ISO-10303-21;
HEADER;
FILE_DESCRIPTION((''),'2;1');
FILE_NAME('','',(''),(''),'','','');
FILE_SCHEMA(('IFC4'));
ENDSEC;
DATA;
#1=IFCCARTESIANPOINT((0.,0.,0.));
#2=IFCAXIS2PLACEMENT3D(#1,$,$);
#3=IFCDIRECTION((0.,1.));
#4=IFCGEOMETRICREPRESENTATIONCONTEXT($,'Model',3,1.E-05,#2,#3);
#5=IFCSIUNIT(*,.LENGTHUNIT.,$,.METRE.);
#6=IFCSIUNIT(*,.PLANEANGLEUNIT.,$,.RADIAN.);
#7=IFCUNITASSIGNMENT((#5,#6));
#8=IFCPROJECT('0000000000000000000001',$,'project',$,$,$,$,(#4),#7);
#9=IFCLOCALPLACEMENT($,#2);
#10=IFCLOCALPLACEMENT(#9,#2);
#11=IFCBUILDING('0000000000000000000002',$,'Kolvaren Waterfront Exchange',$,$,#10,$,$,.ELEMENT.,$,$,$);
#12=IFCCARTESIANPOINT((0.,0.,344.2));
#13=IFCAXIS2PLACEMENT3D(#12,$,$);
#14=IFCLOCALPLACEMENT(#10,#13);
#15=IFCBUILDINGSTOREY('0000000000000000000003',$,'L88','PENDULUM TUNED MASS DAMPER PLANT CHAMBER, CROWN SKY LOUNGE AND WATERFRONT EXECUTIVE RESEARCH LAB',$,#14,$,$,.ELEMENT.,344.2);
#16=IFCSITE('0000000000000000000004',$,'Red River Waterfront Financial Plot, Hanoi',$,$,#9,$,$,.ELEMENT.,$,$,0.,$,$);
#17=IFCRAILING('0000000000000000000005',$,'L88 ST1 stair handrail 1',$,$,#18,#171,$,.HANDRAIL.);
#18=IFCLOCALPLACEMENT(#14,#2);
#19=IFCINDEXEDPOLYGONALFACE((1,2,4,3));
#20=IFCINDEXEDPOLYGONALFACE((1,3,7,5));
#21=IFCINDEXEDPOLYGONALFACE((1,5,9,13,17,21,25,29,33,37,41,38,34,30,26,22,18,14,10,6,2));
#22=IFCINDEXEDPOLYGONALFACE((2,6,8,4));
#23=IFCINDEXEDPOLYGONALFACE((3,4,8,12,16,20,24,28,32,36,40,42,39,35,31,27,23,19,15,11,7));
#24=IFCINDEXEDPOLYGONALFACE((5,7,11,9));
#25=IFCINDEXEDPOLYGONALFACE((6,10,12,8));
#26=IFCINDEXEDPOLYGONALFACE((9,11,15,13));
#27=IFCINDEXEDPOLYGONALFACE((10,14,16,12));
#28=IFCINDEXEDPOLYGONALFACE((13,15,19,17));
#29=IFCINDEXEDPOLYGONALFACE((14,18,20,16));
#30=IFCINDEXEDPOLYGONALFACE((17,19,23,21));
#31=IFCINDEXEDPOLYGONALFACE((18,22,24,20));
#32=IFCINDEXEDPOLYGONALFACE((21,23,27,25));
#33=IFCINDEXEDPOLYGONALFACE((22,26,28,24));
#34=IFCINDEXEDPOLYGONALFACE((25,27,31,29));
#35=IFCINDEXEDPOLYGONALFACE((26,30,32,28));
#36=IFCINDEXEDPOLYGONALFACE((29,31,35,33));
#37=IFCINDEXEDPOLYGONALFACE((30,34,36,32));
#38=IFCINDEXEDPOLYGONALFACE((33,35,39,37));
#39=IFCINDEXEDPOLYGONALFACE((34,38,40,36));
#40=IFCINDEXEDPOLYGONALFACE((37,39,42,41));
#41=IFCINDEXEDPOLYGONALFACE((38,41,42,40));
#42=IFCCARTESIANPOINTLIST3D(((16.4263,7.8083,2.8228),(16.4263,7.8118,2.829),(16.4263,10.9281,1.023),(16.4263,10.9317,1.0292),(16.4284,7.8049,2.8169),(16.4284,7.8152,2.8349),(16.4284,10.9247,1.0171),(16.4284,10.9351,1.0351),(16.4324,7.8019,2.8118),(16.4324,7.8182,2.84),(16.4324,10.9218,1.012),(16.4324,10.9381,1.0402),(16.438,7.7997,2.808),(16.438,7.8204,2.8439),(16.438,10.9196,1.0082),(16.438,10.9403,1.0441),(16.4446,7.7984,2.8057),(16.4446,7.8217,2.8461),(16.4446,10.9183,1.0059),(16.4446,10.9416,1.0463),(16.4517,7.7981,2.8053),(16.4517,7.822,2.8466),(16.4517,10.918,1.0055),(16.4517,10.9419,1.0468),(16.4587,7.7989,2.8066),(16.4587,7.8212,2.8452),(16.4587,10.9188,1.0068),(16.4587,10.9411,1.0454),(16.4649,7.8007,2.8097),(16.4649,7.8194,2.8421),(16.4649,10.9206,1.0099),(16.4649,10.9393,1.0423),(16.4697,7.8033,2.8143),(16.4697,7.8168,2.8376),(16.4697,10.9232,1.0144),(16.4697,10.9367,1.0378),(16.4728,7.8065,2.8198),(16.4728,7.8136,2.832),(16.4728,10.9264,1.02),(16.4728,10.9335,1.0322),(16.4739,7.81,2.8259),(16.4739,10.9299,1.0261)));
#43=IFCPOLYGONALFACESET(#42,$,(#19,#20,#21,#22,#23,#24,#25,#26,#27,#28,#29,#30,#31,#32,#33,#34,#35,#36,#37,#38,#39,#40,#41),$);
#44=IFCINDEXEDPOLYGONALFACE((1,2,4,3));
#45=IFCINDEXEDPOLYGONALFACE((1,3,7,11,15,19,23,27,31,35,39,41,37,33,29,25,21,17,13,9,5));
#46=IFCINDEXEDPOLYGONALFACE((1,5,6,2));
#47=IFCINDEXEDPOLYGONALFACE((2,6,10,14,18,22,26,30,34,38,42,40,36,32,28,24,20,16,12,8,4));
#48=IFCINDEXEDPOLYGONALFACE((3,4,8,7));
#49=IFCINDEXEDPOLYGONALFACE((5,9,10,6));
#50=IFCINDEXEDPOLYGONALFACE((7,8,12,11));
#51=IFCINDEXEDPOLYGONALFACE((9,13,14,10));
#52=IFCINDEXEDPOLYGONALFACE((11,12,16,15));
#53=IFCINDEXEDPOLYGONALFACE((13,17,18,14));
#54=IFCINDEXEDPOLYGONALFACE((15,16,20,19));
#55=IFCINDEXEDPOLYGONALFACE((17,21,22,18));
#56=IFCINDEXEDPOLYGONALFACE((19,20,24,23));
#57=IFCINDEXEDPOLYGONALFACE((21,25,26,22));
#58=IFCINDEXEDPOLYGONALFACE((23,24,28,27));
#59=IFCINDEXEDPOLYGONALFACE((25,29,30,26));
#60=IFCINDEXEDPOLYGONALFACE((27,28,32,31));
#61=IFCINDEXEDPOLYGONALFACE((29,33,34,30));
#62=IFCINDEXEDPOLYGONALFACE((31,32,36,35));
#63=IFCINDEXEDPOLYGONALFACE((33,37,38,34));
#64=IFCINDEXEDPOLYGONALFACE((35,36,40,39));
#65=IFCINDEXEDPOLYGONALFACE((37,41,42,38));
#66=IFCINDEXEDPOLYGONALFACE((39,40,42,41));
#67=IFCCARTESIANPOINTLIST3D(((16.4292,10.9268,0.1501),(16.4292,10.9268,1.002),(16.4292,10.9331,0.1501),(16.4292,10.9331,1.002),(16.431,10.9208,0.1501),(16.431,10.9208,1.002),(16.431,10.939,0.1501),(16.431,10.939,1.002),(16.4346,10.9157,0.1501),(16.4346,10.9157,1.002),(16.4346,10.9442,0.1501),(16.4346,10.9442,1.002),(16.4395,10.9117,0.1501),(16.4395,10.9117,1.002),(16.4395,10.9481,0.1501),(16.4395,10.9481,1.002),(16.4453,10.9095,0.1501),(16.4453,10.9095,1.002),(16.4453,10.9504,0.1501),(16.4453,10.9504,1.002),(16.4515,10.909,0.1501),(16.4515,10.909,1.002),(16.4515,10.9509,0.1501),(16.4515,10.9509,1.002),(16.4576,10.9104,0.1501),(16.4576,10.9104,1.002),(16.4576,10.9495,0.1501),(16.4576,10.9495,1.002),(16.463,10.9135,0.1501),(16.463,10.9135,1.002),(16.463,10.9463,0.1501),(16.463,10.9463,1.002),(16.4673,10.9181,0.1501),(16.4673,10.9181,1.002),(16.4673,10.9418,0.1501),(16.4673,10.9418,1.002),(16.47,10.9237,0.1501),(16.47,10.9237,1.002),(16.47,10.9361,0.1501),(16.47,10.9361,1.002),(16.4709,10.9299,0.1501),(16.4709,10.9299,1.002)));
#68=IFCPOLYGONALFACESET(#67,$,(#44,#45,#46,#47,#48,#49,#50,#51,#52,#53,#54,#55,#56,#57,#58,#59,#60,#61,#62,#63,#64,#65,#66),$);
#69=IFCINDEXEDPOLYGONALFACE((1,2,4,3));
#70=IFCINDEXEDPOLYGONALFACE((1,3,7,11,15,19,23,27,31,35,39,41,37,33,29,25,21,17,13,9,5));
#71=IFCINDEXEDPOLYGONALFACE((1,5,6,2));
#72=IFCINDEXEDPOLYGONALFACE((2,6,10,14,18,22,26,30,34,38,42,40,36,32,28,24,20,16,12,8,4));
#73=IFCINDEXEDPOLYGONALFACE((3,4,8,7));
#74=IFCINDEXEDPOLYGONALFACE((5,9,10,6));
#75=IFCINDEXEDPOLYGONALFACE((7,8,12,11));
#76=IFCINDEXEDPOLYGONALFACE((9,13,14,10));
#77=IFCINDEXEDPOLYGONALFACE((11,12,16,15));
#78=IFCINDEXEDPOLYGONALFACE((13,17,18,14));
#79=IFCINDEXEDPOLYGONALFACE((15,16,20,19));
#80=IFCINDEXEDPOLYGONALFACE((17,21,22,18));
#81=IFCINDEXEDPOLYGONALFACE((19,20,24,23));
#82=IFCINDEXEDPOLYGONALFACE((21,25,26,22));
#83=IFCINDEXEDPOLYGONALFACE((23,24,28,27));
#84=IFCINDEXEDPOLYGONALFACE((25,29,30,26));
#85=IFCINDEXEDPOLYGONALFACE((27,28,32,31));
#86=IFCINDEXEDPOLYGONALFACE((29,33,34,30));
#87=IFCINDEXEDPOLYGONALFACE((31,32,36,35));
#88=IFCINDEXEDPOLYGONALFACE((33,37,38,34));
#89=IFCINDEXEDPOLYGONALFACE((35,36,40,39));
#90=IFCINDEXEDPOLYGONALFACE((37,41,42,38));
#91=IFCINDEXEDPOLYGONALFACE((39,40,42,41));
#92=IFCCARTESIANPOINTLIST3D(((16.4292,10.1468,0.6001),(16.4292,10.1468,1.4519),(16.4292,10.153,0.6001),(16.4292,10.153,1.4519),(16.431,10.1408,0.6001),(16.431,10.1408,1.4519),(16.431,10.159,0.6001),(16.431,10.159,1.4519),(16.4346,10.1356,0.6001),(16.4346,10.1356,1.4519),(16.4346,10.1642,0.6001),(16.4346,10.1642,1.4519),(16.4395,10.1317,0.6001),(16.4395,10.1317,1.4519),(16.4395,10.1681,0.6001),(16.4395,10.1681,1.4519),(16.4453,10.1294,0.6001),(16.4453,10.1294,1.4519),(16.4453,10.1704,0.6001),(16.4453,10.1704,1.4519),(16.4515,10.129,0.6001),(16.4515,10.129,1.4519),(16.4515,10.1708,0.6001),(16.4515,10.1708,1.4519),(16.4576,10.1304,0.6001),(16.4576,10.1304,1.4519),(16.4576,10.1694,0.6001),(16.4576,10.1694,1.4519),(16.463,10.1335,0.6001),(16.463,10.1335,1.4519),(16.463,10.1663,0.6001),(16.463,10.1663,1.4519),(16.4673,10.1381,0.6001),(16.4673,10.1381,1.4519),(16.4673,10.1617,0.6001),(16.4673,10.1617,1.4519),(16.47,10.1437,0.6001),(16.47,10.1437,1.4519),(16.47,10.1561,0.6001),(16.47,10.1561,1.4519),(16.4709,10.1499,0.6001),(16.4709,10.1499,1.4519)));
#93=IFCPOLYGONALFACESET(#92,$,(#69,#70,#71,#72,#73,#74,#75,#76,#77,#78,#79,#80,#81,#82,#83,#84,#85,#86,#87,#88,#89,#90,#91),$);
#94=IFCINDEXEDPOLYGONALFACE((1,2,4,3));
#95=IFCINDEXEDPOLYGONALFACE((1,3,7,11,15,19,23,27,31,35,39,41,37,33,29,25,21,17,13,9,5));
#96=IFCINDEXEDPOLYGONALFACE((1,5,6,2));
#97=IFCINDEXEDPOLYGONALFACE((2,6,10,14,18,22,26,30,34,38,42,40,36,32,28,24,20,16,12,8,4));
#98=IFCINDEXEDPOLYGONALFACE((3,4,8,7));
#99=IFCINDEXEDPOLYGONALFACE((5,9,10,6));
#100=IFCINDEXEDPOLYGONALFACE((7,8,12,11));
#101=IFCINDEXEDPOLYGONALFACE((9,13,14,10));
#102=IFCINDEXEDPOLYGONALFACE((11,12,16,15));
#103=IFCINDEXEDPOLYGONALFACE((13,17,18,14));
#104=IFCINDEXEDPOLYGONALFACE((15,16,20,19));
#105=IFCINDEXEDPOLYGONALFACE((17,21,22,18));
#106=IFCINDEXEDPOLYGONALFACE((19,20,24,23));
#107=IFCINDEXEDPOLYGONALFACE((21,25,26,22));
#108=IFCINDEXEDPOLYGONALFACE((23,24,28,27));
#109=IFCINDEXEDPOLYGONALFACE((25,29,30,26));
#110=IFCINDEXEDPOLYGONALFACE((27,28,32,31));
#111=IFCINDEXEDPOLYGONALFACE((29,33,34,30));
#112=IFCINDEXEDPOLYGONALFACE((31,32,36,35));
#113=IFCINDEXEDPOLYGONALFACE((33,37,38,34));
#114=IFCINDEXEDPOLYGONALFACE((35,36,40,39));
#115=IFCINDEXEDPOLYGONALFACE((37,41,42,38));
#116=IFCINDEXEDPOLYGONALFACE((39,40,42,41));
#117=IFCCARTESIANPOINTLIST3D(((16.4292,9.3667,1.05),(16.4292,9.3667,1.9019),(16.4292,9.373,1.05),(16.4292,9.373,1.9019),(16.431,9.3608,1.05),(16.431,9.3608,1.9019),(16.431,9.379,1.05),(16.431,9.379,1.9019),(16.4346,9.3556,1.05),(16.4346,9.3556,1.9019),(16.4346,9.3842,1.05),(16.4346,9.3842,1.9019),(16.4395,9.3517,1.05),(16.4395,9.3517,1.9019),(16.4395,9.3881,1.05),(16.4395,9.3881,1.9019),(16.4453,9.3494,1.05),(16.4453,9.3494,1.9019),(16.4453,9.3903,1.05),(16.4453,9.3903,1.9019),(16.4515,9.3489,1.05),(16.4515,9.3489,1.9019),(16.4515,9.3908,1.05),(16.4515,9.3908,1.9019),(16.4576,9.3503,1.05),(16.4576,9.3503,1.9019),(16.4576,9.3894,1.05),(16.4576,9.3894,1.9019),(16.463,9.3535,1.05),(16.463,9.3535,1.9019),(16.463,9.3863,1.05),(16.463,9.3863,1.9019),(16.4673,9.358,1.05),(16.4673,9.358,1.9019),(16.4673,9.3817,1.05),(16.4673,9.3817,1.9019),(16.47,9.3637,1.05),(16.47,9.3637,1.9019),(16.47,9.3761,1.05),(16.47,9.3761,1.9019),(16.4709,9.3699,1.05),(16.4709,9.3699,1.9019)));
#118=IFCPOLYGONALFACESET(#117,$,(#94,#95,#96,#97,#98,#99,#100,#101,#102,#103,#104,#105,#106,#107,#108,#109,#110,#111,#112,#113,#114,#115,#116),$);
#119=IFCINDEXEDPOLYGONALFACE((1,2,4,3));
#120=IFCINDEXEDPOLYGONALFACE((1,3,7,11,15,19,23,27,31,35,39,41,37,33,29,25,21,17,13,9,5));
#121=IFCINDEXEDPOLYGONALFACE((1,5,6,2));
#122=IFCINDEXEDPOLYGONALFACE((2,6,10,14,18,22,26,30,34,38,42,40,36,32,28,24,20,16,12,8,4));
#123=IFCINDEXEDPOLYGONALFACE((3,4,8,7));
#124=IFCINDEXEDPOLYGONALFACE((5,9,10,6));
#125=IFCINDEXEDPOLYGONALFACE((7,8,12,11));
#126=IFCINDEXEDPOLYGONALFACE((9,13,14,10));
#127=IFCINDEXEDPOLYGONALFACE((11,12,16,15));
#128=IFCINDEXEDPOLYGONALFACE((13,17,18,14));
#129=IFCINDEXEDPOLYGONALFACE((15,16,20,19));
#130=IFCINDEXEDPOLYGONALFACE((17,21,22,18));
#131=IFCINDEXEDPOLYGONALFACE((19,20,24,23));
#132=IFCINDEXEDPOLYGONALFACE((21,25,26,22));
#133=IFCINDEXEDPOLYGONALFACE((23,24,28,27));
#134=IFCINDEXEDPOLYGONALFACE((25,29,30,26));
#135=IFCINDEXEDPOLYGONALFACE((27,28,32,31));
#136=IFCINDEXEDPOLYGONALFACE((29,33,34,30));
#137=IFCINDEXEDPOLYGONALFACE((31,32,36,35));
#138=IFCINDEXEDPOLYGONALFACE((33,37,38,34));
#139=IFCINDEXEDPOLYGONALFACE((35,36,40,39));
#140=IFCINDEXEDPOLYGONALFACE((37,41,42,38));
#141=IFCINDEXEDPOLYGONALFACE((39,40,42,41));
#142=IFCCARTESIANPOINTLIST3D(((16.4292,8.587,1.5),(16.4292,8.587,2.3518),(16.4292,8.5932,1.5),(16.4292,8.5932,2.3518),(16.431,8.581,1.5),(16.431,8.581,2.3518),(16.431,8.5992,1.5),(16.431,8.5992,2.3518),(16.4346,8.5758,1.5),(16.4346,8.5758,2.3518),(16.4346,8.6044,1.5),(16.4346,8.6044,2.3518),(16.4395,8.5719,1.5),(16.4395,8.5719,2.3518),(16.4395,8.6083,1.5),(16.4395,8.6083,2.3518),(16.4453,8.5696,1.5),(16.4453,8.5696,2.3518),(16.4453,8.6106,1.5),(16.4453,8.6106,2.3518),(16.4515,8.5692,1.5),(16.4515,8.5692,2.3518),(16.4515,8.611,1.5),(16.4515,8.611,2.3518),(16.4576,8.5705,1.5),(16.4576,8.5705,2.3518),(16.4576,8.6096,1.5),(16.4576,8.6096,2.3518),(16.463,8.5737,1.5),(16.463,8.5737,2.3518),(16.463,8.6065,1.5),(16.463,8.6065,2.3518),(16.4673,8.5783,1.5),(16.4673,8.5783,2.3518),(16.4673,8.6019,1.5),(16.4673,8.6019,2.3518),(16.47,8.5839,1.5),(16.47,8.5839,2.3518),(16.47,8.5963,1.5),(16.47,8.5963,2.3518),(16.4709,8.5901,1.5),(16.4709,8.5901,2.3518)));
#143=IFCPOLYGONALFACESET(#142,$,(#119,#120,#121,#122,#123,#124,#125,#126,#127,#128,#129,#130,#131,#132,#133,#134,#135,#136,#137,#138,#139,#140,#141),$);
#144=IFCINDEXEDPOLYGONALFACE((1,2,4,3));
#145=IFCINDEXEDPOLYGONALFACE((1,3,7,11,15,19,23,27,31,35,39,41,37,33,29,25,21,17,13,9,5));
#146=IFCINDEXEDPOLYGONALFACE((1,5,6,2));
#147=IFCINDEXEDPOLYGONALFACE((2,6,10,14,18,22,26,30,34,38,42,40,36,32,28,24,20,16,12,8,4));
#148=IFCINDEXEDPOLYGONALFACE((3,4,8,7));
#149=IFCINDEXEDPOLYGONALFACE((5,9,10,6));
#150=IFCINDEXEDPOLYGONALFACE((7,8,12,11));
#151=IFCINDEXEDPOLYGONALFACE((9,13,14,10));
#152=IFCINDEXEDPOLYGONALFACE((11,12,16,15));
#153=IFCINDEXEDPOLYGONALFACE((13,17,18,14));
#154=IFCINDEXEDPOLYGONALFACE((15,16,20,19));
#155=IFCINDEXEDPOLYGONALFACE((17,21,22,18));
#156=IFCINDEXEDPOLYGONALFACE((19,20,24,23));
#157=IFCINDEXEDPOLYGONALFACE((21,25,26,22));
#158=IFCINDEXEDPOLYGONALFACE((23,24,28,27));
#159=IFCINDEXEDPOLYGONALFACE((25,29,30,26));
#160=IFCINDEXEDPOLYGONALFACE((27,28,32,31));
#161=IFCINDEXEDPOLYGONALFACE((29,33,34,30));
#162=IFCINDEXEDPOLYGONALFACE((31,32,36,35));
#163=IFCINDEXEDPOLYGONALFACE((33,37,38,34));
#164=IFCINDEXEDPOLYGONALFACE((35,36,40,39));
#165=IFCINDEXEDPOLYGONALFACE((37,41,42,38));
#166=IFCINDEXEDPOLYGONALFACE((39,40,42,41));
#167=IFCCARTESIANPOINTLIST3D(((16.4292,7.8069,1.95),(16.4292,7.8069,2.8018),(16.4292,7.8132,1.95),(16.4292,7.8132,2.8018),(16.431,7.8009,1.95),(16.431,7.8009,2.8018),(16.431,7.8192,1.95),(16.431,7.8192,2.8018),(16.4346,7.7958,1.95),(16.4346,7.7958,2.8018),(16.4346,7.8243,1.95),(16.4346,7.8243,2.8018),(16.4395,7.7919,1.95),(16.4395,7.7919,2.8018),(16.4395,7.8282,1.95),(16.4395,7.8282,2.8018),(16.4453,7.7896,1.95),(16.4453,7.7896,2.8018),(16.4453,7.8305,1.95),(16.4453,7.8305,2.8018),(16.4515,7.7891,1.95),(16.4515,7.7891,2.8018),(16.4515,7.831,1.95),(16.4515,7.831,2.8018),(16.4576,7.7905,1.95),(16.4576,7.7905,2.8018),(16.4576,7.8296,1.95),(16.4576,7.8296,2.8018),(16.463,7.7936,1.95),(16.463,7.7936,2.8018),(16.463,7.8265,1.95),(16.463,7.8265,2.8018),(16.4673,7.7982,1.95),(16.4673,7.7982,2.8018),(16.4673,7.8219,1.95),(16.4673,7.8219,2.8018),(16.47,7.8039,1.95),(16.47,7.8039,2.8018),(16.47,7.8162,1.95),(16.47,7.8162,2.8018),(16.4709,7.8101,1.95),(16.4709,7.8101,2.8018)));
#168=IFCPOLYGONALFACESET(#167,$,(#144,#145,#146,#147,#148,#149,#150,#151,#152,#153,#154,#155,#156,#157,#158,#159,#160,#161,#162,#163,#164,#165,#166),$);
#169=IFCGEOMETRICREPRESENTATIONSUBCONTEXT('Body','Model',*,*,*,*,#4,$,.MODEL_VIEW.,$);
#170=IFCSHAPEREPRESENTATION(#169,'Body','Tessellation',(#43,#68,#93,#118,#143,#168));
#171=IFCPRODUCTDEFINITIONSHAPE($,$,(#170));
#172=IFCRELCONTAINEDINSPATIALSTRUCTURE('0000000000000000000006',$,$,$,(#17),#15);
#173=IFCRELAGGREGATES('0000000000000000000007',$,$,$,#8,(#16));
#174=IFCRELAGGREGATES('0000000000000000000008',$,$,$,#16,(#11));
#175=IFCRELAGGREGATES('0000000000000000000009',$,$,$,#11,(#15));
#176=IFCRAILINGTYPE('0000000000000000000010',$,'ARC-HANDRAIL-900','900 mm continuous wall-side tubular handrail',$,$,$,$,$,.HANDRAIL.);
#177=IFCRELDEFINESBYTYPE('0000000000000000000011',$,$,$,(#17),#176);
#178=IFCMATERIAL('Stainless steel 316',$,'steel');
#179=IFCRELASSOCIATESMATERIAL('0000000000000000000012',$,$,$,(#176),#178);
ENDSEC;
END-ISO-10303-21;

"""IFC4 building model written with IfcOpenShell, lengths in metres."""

from ifc_helpers import new_model, si_unit, direction, frame, origin, origin_2d, place, context, subcontext, project, spatial, circle, extrude, material, type_object, element, save


model = new_model("IFC4")

# Units and contexts
model_context = context("Model", 3, precision=1e-05, world=origin(), true_north=direction((0.0, 1.0)))
body_context = subcontext(model_context, "Body", "Model", "MODEL_VIEW")
ifc_project = project(units=[si_unit("LENGTHUNIT", "METRE"), si_unit("PLANEANGLEUNIT", "RADIAN")], contexts=[model_context])

# Site, building, storey
site_placement = place(None, origin())
site = spatial("IfcSite", under=ifc_project, at=site_placement, Name="Red River Waterfront Financial Plot, Hanoi", CompositionType="ELEMENT", RefElevation=0.0)
building_placement = place(site_placement, origin())
building = spatial("IfcBuilding", under=site, at=building_placement, Name="Kolvaren Waterfront Exchange", CompositionType="ELEMENT")
storey_placement = place(building_placement, frame((0.0, 0.0, 344.2)))
storey = spatial("IfcBuildingStorey", under=building, at=storey_placement, Name="L88", Description="PENDULUM TUNED MASS DAMPER PLANT CHAMBER, CROWN SKY LOUNGE AND WATERFRONT EXECUTIVE RESEARCH LAB", CompositionType="ELEMENT", Elevation=344.2)

# Railing
ifc_material_1 = material(Name="Stainless steel 316", Category="steel")
railing_type_1 = type_object("IfcRailingType", Name="ARC-HANDRAIL-900", Description="900 mm continuous wall-side tubular handrail", PredefinedType="HANDRAIL", material=ifc_material_1)
railing_1_placement = place(storey_placement, frame((16.45, 10.9299, 0.1501)))
element("IfcRailing", 1, at=railing_1_placement, inside=storey, type_object=railing_type_1, Name="L88 ST1 stair handrail 1", PredefinedType="HANDRAIL", context=body_context, shape_type="SweptSolid", body=[
    extrude(circle(Radius=0.0239, at=origin_2d()), frame((0.0, 0.0, 0.876), z_axis=(0.0, -0.8662, 0.499697), x_axis=(1.0, 0.0, 0.0)), (0.0, 0.0, 1.0), 3.6018),
    extrude(circle(Radius=0.021, at=origin_2d()), origin(), (0.0, 0.0, 1.0), 0.8518),
    extrude(circle(Radius=0.021, at=origin_2d()), frame((0.0, -0.78, 0.45)), (0.0, 0.0, 1.0), 0.8518),
    extrude(circle(Radius=0.021, at=origin_2d()), frame((0.0, -1.5601, 0.8999)), (0.0, 0.0, 1.0), 0.8518),
    extrude(circle(Radius=0.021, at=origin_2d()), frame((0.0, -2.3398, 1.3499)), (0.0, 0.0, 1.0), 0.8518),
    extrude(circle(Radius=0.021, at=origin_2d()), frame((0.0, -3.1199, 1.7998)), (0.0, 0.0, 1.0), 0.8518),
])

save(model, "model.ifc")
